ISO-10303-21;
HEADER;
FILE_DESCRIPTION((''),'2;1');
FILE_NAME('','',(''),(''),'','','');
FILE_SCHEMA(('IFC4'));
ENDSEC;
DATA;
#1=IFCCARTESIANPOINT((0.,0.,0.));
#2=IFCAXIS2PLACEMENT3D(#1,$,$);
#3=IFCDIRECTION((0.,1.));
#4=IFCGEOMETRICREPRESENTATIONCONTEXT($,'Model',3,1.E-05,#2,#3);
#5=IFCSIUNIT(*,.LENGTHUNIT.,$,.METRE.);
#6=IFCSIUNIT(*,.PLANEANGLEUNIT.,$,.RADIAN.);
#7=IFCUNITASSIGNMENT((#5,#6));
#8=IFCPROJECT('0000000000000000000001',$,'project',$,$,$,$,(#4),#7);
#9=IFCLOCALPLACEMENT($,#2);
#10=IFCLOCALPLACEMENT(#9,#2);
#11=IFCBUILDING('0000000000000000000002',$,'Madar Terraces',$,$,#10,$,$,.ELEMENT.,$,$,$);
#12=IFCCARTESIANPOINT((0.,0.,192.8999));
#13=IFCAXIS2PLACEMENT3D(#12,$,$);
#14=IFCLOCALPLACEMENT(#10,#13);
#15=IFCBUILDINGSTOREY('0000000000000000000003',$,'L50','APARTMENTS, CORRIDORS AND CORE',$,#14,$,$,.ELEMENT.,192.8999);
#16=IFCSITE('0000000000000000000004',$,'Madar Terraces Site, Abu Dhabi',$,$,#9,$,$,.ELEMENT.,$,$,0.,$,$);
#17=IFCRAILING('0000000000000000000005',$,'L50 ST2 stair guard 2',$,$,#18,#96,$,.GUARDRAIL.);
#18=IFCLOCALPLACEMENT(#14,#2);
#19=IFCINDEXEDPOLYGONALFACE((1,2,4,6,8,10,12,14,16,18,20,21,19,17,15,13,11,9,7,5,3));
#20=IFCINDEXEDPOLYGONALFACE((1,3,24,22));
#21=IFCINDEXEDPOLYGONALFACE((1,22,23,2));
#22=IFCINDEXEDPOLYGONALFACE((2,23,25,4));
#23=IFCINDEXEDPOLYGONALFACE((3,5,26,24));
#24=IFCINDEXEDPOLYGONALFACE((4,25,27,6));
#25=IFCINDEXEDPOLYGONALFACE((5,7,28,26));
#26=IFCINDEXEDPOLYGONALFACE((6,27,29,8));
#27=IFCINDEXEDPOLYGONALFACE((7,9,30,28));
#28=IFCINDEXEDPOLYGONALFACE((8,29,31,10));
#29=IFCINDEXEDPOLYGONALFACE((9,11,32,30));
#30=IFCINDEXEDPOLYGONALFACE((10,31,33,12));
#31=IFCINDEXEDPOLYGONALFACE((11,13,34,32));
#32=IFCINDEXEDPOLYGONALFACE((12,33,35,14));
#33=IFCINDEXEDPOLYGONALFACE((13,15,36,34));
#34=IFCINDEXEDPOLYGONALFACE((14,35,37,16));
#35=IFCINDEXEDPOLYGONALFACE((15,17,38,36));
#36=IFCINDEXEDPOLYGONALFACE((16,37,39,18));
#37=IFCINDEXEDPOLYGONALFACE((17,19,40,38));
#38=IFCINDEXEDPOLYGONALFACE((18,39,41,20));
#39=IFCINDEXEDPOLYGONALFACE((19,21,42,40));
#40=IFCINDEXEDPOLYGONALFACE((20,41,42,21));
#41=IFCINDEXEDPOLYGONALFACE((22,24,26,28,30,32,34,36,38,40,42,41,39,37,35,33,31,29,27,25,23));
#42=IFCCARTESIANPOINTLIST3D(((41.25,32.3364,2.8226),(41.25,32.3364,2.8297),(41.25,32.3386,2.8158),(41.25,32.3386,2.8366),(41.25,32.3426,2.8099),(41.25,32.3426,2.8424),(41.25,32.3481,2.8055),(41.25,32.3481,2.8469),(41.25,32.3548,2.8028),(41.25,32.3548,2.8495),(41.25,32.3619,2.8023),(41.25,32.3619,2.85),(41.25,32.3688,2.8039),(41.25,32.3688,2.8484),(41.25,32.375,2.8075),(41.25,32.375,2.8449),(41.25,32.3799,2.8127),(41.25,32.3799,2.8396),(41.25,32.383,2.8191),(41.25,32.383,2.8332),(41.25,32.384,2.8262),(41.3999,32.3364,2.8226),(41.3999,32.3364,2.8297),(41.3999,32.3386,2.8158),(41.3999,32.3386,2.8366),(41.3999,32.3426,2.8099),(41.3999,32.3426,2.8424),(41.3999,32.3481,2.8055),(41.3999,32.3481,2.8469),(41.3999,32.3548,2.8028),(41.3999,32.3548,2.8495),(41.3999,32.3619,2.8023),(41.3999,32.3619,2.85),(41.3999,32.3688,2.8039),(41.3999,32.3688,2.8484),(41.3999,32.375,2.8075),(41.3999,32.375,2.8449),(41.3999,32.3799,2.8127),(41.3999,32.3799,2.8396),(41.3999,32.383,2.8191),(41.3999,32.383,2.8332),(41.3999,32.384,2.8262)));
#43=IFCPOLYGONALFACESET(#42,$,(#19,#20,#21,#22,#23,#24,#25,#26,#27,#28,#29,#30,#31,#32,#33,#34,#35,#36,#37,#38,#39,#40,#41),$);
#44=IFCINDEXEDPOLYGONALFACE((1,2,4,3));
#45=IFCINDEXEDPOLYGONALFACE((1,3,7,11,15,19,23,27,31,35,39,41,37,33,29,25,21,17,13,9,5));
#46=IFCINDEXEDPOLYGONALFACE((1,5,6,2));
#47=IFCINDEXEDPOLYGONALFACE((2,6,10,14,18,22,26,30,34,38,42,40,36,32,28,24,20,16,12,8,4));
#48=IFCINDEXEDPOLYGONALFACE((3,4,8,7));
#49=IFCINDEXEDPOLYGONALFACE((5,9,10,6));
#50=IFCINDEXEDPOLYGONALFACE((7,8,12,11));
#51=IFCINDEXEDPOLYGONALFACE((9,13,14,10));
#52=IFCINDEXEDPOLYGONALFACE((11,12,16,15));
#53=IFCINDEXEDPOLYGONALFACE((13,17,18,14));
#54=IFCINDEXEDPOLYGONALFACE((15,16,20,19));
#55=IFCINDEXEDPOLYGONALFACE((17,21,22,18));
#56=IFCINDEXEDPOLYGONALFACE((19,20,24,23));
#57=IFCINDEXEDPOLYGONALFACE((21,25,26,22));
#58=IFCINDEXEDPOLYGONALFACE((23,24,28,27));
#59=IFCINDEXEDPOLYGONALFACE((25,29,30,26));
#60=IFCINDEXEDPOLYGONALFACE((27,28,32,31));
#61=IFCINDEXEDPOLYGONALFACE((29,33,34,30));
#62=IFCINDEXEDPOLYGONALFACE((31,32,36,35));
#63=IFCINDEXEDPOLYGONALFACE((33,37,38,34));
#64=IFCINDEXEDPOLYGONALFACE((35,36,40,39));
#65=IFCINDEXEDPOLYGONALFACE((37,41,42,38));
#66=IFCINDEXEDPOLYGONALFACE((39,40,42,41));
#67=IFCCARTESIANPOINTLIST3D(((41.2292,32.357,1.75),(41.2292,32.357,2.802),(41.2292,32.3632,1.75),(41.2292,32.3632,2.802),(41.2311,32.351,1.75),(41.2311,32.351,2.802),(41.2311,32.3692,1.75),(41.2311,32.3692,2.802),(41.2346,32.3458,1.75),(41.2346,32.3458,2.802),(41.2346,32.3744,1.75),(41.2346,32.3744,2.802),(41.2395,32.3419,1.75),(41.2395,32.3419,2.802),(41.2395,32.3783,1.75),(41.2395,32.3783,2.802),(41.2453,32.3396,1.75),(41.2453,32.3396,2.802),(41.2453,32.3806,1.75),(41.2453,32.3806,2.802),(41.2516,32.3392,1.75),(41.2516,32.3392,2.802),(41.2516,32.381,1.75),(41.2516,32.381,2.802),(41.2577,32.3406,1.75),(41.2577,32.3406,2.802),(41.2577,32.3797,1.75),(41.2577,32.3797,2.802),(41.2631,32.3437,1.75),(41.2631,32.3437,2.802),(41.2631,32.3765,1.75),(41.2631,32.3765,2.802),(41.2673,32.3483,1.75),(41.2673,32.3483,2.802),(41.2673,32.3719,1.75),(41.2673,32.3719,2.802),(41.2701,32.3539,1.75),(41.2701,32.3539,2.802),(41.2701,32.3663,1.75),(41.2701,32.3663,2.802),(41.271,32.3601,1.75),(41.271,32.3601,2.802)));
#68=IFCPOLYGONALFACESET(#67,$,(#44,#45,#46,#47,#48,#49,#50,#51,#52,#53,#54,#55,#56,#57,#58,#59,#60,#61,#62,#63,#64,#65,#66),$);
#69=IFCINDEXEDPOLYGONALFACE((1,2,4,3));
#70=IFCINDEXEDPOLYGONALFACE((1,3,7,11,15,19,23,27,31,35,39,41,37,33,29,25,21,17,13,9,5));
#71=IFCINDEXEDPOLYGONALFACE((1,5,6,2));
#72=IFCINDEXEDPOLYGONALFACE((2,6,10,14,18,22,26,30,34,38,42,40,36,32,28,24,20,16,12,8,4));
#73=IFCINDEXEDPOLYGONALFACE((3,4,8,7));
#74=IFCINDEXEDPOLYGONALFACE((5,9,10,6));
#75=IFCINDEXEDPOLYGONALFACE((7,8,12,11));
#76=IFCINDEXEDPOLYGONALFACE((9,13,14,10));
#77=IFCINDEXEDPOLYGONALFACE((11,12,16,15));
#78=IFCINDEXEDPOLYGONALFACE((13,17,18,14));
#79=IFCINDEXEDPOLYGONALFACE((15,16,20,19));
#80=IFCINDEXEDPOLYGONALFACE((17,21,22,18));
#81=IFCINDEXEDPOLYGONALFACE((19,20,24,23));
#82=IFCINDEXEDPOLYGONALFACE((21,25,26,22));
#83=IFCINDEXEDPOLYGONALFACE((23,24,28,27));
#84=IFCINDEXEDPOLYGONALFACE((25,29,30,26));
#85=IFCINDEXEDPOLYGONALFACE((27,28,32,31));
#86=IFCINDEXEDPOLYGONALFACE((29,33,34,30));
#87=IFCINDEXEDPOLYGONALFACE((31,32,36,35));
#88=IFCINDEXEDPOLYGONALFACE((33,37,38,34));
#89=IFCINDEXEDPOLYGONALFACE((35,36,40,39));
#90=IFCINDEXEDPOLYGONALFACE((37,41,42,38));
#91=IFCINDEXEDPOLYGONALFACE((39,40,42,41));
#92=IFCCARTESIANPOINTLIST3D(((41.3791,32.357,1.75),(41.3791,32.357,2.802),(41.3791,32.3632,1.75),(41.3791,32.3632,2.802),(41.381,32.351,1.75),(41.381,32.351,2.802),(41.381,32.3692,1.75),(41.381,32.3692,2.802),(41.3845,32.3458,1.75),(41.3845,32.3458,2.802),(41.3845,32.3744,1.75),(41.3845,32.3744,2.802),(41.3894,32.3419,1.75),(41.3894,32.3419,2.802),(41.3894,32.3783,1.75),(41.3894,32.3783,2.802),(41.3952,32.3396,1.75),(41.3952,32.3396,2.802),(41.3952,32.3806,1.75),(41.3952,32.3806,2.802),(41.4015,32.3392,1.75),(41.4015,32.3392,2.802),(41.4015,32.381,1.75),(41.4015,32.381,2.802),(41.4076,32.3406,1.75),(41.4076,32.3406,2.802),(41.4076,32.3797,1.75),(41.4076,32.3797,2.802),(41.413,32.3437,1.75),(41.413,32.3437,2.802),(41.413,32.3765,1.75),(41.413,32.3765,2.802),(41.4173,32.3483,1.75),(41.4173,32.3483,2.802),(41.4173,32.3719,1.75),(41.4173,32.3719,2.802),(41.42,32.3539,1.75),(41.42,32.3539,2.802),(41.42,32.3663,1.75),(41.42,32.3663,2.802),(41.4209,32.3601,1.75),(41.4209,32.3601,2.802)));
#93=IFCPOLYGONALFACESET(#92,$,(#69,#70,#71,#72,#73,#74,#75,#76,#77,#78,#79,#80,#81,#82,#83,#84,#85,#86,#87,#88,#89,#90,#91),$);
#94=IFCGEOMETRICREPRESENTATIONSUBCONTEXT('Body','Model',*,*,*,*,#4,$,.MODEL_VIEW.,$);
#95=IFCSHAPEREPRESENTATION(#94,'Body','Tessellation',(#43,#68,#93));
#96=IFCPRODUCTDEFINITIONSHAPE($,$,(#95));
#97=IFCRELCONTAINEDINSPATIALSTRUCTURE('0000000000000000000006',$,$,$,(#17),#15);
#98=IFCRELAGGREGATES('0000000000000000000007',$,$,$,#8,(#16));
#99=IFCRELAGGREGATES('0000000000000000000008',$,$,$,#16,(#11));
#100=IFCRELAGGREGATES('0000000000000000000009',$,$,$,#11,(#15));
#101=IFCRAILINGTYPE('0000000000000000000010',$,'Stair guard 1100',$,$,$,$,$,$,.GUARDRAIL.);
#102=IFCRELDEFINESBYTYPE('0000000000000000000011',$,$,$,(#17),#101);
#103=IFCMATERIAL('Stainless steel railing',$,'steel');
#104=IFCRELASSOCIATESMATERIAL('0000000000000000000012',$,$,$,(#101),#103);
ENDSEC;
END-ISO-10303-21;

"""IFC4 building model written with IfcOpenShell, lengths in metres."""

from ifc_helpers import new_model, si_unit, direction, frame, origin, origin_2d, place, context, subcontext, project, spatial, circle, extrude, material, type_object, element, save


model = new_model("IFC4")

# Units and contexts
model_context = context("Model", 3, precision=1e-05, world=origin(), true_north=direction((0.0, 1.0)))
body_context = subcontext(model_context, "Body", "Model", "MODEL_VIEW")
ifc_project = project(units=[si_unit("LENGTHUNIT", "METRE"), si_unit("PLANEANGLEUNIT", "RADIAN")], contexts=[model_context])

# Site, building, storey
site_placement = place(None, origin())
site = spatial("IfcSite", under=ifc_project, at=site_placement, Name="Madar Terraces Site, Abu Dhabi", CompositionType="ELEMENT", RefElevation=0.0)
building_placement = place(site_placement, origin())
building = spatial("IfcBuilding", under=site, at=building_placement, Name="Madar Terraces", CompositionType="ELEMENT")
storey_placement = place(building_placement, frame((0.0, 0.0, 192.8999)))
storey = spatial("IfcBuildingStorey", under=building, at=storey_placement, Name="L50", Description="APARTMENTS, CORRIDORS AND CORE", CompositionType="ELEMENT", Elevation=192.8999)

# Railing
ifc_material_1 = material(Name="Stainless steel railing", Category="steel")
railing_type_1 = type_object("IfcRailingType", Name="Stair guard 1100", PredefinedType="GUARDRAIL", material=ifc_material_1)
railing_1_placement = place(storey_placement, frame((41.25, 32.3601, 1.75)))
element("IfcRailing", 1, at=railing_1_placement, inside=storey, type_object=railing_type_1, Name="L50 ST2 stair guard 2", PredefinedType="GUARDRAIL", context=body_context, shape_type="SweptSolid", body=[
    extrude(circle(Radius=0.0239, at=origin_2d()), frame((0.0, 0.0, 1.0762), z_axis=(1.0, 0.0, 0.0), x_axis=(0.0, 1.0, 0.0)), (0.0, 0.0, 1.0), 0.1499),
    extrude(circle(Radius=0.021, at=origin_2d()), origin(), (0.0, 0.0, 1.0), 1.052),
    extrude(circle(Radius=0.021, at=origin_2d()), frame((0.1499, 0.0, 0.0)), (0.0, 0.0, 1.0), 1.052),
])

save(model, "model.ifc")
